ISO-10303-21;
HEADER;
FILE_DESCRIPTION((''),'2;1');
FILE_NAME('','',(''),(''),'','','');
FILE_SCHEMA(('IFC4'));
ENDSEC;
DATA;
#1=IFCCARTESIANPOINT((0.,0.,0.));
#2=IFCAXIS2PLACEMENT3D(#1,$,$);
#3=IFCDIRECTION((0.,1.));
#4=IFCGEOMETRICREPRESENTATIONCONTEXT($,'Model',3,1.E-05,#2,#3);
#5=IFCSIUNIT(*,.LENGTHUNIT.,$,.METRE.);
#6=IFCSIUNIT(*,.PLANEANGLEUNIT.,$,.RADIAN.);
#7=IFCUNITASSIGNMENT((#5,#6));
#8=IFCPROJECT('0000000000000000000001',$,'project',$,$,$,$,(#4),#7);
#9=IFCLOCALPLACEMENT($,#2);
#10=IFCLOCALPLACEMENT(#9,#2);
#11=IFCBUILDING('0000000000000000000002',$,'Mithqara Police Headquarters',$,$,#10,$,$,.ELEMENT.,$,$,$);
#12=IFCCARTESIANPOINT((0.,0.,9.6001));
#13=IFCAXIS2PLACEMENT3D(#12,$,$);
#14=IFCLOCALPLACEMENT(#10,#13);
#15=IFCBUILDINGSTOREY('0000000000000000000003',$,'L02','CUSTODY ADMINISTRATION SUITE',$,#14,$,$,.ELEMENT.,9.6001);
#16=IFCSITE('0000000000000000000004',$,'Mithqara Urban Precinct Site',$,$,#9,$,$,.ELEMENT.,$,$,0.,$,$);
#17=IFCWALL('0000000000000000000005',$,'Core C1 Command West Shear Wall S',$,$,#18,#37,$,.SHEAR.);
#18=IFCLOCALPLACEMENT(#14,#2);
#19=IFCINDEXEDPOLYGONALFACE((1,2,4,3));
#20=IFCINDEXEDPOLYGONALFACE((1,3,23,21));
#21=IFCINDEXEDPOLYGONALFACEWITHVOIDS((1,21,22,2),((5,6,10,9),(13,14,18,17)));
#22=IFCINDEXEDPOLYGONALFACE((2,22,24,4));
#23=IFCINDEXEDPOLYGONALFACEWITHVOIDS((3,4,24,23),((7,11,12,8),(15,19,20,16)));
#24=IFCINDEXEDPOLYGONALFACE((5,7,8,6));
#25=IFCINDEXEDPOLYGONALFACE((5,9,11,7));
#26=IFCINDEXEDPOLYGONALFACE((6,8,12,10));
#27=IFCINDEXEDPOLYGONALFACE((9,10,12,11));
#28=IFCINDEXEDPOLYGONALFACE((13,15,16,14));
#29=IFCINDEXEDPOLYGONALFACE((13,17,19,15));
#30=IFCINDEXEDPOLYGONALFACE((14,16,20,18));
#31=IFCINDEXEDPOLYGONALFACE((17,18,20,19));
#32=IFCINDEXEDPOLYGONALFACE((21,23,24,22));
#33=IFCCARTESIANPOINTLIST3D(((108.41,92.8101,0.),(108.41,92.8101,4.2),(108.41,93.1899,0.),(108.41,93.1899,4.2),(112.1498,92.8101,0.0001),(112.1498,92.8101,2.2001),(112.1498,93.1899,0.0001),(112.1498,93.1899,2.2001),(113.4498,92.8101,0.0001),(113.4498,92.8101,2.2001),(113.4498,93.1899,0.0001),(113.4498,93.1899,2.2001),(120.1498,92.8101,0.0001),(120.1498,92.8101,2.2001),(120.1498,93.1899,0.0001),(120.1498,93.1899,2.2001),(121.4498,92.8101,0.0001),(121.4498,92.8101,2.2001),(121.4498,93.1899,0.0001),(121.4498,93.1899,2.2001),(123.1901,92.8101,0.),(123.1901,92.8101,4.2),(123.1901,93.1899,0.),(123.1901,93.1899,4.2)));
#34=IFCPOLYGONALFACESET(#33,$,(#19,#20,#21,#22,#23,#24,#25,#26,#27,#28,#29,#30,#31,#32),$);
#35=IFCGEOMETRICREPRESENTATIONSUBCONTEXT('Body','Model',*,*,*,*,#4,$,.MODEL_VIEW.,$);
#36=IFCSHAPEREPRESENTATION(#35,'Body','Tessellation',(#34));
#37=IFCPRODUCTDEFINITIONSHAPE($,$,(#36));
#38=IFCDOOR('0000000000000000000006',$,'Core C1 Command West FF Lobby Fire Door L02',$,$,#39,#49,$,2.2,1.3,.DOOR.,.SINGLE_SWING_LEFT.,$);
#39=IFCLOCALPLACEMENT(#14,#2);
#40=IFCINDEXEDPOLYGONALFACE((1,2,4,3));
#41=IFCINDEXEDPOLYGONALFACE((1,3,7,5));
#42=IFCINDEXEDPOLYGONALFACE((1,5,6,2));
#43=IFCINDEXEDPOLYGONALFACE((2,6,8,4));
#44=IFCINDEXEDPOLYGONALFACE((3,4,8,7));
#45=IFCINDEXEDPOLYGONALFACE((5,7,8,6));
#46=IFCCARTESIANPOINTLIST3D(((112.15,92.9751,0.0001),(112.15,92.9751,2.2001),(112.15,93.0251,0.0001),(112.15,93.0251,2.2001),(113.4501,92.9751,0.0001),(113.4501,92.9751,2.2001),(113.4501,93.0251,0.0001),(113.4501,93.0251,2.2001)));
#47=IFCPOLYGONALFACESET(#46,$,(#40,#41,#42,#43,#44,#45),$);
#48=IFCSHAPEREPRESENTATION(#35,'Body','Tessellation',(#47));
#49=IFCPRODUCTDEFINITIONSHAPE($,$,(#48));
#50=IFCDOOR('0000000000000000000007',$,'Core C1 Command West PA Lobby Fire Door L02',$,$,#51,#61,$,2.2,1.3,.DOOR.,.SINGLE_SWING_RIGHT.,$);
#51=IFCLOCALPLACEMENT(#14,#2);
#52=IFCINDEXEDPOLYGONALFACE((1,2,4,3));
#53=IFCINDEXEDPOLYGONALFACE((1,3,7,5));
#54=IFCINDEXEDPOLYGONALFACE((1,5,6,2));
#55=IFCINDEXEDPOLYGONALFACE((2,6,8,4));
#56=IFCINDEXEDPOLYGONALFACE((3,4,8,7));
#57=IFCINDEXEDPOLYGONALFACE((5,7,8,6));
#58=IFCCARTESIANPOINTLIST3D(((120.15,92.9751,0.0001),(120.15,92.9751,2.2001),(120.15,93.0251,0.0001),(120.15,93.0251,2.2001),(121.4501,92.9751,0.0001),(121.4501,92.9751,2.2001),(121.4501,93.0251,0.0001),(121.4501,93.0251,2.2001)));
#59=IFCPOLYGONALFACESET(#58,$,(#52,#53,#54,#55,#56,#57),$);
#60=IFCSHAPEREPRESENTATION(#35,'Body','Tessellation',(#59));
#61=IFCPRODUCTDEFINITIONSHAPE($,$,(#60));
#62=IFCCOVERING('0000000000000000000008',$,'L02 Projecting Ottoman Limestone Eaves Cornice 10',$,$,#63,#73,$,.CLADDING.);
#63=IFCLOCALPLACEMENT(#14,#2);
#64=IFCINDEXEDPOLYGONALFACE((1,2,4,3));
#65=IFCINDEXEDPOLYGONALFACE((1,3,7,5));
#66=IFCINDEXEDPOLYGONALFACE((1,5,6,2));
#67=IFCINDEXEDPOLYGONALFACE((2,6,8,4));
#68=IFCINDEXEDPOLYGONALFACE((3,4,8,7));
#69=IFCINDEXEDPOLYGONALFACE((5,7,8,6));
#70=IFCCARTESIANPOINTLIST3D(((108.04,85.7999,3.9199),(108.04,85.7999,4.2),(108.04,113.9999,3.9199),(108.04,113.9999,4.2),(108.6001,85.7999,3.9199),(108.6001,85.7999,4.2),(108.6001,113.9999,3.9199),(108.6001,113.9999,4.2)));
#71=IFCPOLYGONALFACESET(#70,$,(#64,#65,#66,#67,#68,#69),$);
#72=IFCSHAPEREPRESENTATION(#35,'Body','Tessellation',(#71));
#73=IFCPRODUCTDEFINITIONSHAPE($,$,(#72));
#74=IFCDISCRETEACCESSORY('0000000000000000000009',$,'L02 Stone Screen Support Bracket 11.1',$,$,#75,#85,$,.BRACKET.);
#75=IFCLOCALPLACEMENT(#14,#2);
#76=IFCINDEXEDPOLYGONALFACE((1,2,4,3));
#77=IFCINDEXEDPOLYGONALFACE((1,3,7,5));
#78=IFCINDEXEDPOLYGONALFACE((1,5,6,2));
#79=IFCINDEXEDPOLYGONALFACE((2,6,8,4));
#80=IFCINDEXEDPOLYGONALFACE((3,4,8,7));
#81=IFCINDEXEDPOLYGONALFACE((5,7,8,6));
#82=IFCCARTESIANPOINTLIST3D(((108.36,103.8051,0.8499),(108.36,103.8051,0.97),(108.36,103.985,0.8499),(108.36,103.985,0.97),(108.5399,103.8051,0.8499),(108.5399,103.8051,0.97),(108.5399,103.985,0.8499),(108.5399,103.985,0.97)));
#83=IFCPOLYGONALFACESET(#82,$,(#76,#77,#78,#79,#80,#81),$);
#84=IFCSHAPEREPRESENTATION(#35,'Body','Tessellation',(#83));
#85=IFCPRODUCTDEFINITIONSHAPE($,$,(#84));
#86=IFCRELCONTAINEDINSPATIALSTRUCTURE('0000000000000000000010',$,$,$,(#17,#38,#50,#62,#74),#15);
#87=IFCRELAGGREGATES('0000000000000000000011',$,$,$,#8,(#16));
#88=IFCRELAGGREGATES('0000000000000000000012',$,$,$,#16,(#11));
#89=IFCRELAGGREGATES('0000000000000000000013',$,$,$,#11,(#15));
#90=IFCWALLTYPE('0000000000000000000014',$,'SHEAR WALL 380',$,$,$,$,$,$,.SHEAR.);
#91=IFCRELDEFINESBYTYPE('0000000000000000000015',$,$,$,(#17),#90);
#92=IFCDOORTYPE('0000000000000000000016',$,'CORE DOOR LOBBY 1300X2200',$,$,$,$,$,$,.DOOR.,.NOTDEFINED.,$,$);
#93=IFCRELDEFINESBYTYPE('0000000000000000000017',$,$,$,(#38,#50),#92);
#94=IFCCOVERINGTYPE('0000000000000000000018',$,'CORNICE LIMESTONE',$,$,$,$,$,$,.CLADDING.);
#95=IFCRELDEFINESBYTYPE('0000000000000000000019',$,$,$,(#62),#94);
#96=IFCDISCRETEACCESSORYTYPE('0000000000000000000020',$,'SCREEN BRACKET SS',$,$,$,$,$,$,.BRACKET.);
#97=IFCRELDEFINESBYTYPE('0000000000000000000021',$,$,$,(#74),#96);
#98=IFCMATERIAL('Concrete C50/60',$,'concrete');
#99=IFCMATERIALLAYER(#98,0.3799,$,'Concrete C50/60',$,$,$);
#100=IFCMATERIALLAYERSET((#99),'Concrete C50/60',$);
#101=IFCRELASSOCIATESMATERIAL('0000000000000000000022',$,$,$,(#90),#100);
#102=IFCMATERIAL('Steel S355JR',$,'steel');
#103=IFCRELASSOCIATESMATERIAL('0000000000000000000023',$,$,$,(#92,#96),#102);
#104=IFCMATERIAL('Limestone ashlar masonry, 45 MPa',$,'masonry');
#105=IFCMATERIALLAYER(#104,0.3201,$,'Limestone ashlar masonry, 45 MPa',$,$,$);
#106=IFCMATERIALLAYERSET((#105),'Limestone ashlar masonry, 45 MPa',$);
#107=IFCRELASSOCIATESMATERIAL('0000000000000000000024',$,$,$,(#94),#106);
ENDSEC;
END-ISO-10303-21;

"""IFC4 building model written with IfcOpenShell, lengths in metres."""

from ifc_helpers import new_model, si_unit, direction, frame, frame_2d, origin, origin_2d, place, context, subcontext, project, spatial, rectangle, extrude, material, layer, layer_set, type_object, element, fill, save


model = new_model("IFC4")

# Units and contexts
model_context = context("Model", 3, precision=1e-05, world=origin(), true_north=direction((0.0, 1.0)))
body_context = subcontext(model_context, "Body", "Model", "MODEL_VIEW")
ifc_project = project(units=[si_unit("LENGTHUNIT", "METRE"), si_unit("PLANEANGLEUNIT", "RADIAN")], contexts=[model_context])

# Site, building, storey
site_placement = place(None, origin())
site = spatial("IfcSite", under=ifc_project, at=site_placement, Name="Mithqara Urban Precinct Site", CompositionType="ELEMENT", RefElevation=0.0)
building_placement = place(site_placement, origin())
building = spatial("IfcBuilding", under=site, at=building_placement, Name="Mithqara Police Headquarters", CompositionType="ELEMENT")
storey_placement = place(building_placement, frame((0.0, 0.0, 9.6001)))
storey = spatial("IfcBuildingStorey", under=building, at=storey_placement, Name="L02", Description="CUSTODY ADMINISTRATION SUITE", CompositionType="ELEMENT", Elevation=9.6001)

# Shared definitions
ifc_material_1 = material(Name="Limestone ashlar masonry, 45 MPa", Category="masonry")

# Shared definitions
ifc_material_2 = material(Name="Concrete C50/60", Category="concrete")
ifc_layer_1 = layer(ifc_material_2, 0.3799, Name="Concrete C50/60")
ifc_layer_set_1 = layer_set([ifc_layer_1], Name="Concrete C50/60")
wall_type_1 = type_object("IfcWallType", Name="SHEAR WALL 380", PredefinedType="SHEAR", material=ifc_layer_set_1)

# Wall, openings, doors
wall_1_placement = place(storey_placement, frame((108.4099, 93.0, 0.0), z_axis=(0.0, 0.0, 1.0), x_axis=(1.0, 0.0, 0.0)))
wall_1 = element("IfcWall", 1, at=wall_1_placement, inside=storey, type_object=wall_type_1, Name="Core C1 Command West Shear Wall S", PredefinedType="SHEAR", context=body_context, shape_type="SweptSolid", body=[
    extrude(rectangle(XDim=14.78, YDim=0.3799, at=frame_2d((7.3901, 0.0))), origin(), (0.0, 0.0, 1.0), 4.2),
])
opening_1_placement = place(wall_1_placement, frame((3.74, 0.0, 0.0)))
opening_1 = element("IfcOpeningElement", 2, at=opening_1_placement, cuts=wall_1, PredefinedType="OPENING", context=body_context, shape_type="SweptSolid", body=[
    extrude(rectangle(XDim=1.3, YDim=2.2, at=frame_2d((0.6499, 1.1001))), frame((0.0, 0.2, 0.0), z_axis=(0.0, -1.0, 0.0), x_axis=(1.0, 0.0, 0.0)), (0.0, 0.0, 1.0), 0.3999),
])
opening_2_placement = place(wall_1_placement, frame((11.74, 0.0, 0.0)))
opening_2 = element("IfcOpeningElement", 3, at=opening_2_placement, cuts=wall_1, PredefinedType="OPENING", context=body_context, shape_type="SweptSolid", body=[
    extrude(rectangle(XDim=1.3, YDim=2.2, at=frame_2d((0.6499, 1.1001))), frame((0.0, 0.2, 0.0), z_axis=(0.0, -1.0, 0.0), x_axis=(1.0, 0.0, 0.0)), (0.0, 0.0, 1.0), 0.3999),
])
ifc_material_3 = material(Name="Steel S355JR", Category="steel")
door_type = type_object("IfcDoorType", Name="CORE DOOR LOBBY 1300X2200", OperationType="NOTDEFINED", PredefinedType="DOOR", material=ifc_material_3)
door_1_placement = place(opening_1_placement, frame((1.3, 0.0, 0.0), z_axis=(0.0, 0.0, 1.0), x_axis=(-1.0, 0.0, 0.0)))
door_1 = element("IfcDoor", 4, at=door_1_placement, inside=storey, type_object=door_type, Name="Core C1 Command West FF Lobby Fire Door L02", OperationType="SINGLE_SWING_LEFT", OverallHeight=2.2, OverallWidth=1.3, PredefinedType="DOOR", context=body_context, shape_type="SweptSolid", body=[
    extrude(rectangle(XDim=1.3, YDim=2.2, at=frame_2d((0.6499, 1.1001))), frame((0.0, 0.0249, 0.0), z_axis=(0.0, -1.0, 0.0), x_axis=(1.0, 0.0, 0.0)), (0.0, 0.0, 1.0), 0.05),
])
fill(opening_1, door_1)
door_2_placement = place(opening_2_placement, frame((1.3, 0.0, 0.0), z_axis=(0.0, 0.0, 1.0), x_axis=(-1.0, 0.0, 0.0)))
door_2 = element("IfcDoor", 5, at=door_2_placement, inside=storey, type_object=door_type, Name="Core C1 Command West PA Lobby Fire Door L02", OperationType="SINGLE_SWING_RIGHT", OverallHeight=2.2, OverallWidth=1.3, PredefinedType="DOOR", context=body_context, shape_type="SweptSolid", body=[
    extrude(rectangle(XDim=1.3, YDim=2.2, at=frame_2d((0.6499, 1.1001))), frame((0.0, 0.0249, 0.0), z_axis=(0.0, -1.0, 0.0), x_axis=(1.0, 0.0, 0.0)), (0.0, 0.0, 1.0), 0.05),
])
fill(opening_2, door_2)

# Covering
ifc_layer_2 = layer(ifc_material_1, 0.3201, Name="Limestone ashlar masonry, 45 MPa")
ifc_layer_set_2 = layer_set([ifc_layer_2], Name="Limestone ashlar masonry, 45 MPa")
covering_type = type_object("IfcCoveringType", Name="CORNICE LIMESTONE", PredefinedType="CLADDING", material=ifc_layer_set_2)
covering_placement = place(storey_placement, frame((108.3201, 99.8999, 3.9199), z_axis=(0.0, 0.0, 1.0), x_axis=(0.0, 1.0, 0.0)))
element("IfcCovering", 6, at=covering_placement, inside=storey, type_object=covering_type, Name="L02 Projecting Ottoman Limestone Eaves Cornice 10", PredefinedType="CLADDING", context=body_context, shape_type="SweptSolid", body=[
    extrude(rectangle(XDim=28.2, YDim=0.5601, at=origin_2d()), origin(), (0.0, 0.0, 1.0), 0.28),
])

# Discrete accessory
discrete_accessory_type = type_object("IfcDiscreteAccessoryType", Name="SCREEN BRACKET SS", PredefinedType="BRACKET", material=ifc_material_3)
discrete_accessory_placement = place(storey_placement, frame((108.45, 103.895, 0.8499), z_axis=(0.0, 0.0, 1.0), x_axis=(0.0, 1.0, 0.0)))
element("IfcDiscreteAccessory", 7, at=discrete_accessory_placement, inside=storey, type_object=discrete_accessory_type, Name="L02 Stone Screen Support Bracket 11.1", PredefinedType="BRACKET", context=body_context, shape_type="SweptSolid", body=[
    extrude(rectangle(XDim=0.1799, YDim=0.1799, at=origin_2d()), origin(), (0.0, 0.0, 1.0), 0.1201),
])

save(model, "model.ifc")
